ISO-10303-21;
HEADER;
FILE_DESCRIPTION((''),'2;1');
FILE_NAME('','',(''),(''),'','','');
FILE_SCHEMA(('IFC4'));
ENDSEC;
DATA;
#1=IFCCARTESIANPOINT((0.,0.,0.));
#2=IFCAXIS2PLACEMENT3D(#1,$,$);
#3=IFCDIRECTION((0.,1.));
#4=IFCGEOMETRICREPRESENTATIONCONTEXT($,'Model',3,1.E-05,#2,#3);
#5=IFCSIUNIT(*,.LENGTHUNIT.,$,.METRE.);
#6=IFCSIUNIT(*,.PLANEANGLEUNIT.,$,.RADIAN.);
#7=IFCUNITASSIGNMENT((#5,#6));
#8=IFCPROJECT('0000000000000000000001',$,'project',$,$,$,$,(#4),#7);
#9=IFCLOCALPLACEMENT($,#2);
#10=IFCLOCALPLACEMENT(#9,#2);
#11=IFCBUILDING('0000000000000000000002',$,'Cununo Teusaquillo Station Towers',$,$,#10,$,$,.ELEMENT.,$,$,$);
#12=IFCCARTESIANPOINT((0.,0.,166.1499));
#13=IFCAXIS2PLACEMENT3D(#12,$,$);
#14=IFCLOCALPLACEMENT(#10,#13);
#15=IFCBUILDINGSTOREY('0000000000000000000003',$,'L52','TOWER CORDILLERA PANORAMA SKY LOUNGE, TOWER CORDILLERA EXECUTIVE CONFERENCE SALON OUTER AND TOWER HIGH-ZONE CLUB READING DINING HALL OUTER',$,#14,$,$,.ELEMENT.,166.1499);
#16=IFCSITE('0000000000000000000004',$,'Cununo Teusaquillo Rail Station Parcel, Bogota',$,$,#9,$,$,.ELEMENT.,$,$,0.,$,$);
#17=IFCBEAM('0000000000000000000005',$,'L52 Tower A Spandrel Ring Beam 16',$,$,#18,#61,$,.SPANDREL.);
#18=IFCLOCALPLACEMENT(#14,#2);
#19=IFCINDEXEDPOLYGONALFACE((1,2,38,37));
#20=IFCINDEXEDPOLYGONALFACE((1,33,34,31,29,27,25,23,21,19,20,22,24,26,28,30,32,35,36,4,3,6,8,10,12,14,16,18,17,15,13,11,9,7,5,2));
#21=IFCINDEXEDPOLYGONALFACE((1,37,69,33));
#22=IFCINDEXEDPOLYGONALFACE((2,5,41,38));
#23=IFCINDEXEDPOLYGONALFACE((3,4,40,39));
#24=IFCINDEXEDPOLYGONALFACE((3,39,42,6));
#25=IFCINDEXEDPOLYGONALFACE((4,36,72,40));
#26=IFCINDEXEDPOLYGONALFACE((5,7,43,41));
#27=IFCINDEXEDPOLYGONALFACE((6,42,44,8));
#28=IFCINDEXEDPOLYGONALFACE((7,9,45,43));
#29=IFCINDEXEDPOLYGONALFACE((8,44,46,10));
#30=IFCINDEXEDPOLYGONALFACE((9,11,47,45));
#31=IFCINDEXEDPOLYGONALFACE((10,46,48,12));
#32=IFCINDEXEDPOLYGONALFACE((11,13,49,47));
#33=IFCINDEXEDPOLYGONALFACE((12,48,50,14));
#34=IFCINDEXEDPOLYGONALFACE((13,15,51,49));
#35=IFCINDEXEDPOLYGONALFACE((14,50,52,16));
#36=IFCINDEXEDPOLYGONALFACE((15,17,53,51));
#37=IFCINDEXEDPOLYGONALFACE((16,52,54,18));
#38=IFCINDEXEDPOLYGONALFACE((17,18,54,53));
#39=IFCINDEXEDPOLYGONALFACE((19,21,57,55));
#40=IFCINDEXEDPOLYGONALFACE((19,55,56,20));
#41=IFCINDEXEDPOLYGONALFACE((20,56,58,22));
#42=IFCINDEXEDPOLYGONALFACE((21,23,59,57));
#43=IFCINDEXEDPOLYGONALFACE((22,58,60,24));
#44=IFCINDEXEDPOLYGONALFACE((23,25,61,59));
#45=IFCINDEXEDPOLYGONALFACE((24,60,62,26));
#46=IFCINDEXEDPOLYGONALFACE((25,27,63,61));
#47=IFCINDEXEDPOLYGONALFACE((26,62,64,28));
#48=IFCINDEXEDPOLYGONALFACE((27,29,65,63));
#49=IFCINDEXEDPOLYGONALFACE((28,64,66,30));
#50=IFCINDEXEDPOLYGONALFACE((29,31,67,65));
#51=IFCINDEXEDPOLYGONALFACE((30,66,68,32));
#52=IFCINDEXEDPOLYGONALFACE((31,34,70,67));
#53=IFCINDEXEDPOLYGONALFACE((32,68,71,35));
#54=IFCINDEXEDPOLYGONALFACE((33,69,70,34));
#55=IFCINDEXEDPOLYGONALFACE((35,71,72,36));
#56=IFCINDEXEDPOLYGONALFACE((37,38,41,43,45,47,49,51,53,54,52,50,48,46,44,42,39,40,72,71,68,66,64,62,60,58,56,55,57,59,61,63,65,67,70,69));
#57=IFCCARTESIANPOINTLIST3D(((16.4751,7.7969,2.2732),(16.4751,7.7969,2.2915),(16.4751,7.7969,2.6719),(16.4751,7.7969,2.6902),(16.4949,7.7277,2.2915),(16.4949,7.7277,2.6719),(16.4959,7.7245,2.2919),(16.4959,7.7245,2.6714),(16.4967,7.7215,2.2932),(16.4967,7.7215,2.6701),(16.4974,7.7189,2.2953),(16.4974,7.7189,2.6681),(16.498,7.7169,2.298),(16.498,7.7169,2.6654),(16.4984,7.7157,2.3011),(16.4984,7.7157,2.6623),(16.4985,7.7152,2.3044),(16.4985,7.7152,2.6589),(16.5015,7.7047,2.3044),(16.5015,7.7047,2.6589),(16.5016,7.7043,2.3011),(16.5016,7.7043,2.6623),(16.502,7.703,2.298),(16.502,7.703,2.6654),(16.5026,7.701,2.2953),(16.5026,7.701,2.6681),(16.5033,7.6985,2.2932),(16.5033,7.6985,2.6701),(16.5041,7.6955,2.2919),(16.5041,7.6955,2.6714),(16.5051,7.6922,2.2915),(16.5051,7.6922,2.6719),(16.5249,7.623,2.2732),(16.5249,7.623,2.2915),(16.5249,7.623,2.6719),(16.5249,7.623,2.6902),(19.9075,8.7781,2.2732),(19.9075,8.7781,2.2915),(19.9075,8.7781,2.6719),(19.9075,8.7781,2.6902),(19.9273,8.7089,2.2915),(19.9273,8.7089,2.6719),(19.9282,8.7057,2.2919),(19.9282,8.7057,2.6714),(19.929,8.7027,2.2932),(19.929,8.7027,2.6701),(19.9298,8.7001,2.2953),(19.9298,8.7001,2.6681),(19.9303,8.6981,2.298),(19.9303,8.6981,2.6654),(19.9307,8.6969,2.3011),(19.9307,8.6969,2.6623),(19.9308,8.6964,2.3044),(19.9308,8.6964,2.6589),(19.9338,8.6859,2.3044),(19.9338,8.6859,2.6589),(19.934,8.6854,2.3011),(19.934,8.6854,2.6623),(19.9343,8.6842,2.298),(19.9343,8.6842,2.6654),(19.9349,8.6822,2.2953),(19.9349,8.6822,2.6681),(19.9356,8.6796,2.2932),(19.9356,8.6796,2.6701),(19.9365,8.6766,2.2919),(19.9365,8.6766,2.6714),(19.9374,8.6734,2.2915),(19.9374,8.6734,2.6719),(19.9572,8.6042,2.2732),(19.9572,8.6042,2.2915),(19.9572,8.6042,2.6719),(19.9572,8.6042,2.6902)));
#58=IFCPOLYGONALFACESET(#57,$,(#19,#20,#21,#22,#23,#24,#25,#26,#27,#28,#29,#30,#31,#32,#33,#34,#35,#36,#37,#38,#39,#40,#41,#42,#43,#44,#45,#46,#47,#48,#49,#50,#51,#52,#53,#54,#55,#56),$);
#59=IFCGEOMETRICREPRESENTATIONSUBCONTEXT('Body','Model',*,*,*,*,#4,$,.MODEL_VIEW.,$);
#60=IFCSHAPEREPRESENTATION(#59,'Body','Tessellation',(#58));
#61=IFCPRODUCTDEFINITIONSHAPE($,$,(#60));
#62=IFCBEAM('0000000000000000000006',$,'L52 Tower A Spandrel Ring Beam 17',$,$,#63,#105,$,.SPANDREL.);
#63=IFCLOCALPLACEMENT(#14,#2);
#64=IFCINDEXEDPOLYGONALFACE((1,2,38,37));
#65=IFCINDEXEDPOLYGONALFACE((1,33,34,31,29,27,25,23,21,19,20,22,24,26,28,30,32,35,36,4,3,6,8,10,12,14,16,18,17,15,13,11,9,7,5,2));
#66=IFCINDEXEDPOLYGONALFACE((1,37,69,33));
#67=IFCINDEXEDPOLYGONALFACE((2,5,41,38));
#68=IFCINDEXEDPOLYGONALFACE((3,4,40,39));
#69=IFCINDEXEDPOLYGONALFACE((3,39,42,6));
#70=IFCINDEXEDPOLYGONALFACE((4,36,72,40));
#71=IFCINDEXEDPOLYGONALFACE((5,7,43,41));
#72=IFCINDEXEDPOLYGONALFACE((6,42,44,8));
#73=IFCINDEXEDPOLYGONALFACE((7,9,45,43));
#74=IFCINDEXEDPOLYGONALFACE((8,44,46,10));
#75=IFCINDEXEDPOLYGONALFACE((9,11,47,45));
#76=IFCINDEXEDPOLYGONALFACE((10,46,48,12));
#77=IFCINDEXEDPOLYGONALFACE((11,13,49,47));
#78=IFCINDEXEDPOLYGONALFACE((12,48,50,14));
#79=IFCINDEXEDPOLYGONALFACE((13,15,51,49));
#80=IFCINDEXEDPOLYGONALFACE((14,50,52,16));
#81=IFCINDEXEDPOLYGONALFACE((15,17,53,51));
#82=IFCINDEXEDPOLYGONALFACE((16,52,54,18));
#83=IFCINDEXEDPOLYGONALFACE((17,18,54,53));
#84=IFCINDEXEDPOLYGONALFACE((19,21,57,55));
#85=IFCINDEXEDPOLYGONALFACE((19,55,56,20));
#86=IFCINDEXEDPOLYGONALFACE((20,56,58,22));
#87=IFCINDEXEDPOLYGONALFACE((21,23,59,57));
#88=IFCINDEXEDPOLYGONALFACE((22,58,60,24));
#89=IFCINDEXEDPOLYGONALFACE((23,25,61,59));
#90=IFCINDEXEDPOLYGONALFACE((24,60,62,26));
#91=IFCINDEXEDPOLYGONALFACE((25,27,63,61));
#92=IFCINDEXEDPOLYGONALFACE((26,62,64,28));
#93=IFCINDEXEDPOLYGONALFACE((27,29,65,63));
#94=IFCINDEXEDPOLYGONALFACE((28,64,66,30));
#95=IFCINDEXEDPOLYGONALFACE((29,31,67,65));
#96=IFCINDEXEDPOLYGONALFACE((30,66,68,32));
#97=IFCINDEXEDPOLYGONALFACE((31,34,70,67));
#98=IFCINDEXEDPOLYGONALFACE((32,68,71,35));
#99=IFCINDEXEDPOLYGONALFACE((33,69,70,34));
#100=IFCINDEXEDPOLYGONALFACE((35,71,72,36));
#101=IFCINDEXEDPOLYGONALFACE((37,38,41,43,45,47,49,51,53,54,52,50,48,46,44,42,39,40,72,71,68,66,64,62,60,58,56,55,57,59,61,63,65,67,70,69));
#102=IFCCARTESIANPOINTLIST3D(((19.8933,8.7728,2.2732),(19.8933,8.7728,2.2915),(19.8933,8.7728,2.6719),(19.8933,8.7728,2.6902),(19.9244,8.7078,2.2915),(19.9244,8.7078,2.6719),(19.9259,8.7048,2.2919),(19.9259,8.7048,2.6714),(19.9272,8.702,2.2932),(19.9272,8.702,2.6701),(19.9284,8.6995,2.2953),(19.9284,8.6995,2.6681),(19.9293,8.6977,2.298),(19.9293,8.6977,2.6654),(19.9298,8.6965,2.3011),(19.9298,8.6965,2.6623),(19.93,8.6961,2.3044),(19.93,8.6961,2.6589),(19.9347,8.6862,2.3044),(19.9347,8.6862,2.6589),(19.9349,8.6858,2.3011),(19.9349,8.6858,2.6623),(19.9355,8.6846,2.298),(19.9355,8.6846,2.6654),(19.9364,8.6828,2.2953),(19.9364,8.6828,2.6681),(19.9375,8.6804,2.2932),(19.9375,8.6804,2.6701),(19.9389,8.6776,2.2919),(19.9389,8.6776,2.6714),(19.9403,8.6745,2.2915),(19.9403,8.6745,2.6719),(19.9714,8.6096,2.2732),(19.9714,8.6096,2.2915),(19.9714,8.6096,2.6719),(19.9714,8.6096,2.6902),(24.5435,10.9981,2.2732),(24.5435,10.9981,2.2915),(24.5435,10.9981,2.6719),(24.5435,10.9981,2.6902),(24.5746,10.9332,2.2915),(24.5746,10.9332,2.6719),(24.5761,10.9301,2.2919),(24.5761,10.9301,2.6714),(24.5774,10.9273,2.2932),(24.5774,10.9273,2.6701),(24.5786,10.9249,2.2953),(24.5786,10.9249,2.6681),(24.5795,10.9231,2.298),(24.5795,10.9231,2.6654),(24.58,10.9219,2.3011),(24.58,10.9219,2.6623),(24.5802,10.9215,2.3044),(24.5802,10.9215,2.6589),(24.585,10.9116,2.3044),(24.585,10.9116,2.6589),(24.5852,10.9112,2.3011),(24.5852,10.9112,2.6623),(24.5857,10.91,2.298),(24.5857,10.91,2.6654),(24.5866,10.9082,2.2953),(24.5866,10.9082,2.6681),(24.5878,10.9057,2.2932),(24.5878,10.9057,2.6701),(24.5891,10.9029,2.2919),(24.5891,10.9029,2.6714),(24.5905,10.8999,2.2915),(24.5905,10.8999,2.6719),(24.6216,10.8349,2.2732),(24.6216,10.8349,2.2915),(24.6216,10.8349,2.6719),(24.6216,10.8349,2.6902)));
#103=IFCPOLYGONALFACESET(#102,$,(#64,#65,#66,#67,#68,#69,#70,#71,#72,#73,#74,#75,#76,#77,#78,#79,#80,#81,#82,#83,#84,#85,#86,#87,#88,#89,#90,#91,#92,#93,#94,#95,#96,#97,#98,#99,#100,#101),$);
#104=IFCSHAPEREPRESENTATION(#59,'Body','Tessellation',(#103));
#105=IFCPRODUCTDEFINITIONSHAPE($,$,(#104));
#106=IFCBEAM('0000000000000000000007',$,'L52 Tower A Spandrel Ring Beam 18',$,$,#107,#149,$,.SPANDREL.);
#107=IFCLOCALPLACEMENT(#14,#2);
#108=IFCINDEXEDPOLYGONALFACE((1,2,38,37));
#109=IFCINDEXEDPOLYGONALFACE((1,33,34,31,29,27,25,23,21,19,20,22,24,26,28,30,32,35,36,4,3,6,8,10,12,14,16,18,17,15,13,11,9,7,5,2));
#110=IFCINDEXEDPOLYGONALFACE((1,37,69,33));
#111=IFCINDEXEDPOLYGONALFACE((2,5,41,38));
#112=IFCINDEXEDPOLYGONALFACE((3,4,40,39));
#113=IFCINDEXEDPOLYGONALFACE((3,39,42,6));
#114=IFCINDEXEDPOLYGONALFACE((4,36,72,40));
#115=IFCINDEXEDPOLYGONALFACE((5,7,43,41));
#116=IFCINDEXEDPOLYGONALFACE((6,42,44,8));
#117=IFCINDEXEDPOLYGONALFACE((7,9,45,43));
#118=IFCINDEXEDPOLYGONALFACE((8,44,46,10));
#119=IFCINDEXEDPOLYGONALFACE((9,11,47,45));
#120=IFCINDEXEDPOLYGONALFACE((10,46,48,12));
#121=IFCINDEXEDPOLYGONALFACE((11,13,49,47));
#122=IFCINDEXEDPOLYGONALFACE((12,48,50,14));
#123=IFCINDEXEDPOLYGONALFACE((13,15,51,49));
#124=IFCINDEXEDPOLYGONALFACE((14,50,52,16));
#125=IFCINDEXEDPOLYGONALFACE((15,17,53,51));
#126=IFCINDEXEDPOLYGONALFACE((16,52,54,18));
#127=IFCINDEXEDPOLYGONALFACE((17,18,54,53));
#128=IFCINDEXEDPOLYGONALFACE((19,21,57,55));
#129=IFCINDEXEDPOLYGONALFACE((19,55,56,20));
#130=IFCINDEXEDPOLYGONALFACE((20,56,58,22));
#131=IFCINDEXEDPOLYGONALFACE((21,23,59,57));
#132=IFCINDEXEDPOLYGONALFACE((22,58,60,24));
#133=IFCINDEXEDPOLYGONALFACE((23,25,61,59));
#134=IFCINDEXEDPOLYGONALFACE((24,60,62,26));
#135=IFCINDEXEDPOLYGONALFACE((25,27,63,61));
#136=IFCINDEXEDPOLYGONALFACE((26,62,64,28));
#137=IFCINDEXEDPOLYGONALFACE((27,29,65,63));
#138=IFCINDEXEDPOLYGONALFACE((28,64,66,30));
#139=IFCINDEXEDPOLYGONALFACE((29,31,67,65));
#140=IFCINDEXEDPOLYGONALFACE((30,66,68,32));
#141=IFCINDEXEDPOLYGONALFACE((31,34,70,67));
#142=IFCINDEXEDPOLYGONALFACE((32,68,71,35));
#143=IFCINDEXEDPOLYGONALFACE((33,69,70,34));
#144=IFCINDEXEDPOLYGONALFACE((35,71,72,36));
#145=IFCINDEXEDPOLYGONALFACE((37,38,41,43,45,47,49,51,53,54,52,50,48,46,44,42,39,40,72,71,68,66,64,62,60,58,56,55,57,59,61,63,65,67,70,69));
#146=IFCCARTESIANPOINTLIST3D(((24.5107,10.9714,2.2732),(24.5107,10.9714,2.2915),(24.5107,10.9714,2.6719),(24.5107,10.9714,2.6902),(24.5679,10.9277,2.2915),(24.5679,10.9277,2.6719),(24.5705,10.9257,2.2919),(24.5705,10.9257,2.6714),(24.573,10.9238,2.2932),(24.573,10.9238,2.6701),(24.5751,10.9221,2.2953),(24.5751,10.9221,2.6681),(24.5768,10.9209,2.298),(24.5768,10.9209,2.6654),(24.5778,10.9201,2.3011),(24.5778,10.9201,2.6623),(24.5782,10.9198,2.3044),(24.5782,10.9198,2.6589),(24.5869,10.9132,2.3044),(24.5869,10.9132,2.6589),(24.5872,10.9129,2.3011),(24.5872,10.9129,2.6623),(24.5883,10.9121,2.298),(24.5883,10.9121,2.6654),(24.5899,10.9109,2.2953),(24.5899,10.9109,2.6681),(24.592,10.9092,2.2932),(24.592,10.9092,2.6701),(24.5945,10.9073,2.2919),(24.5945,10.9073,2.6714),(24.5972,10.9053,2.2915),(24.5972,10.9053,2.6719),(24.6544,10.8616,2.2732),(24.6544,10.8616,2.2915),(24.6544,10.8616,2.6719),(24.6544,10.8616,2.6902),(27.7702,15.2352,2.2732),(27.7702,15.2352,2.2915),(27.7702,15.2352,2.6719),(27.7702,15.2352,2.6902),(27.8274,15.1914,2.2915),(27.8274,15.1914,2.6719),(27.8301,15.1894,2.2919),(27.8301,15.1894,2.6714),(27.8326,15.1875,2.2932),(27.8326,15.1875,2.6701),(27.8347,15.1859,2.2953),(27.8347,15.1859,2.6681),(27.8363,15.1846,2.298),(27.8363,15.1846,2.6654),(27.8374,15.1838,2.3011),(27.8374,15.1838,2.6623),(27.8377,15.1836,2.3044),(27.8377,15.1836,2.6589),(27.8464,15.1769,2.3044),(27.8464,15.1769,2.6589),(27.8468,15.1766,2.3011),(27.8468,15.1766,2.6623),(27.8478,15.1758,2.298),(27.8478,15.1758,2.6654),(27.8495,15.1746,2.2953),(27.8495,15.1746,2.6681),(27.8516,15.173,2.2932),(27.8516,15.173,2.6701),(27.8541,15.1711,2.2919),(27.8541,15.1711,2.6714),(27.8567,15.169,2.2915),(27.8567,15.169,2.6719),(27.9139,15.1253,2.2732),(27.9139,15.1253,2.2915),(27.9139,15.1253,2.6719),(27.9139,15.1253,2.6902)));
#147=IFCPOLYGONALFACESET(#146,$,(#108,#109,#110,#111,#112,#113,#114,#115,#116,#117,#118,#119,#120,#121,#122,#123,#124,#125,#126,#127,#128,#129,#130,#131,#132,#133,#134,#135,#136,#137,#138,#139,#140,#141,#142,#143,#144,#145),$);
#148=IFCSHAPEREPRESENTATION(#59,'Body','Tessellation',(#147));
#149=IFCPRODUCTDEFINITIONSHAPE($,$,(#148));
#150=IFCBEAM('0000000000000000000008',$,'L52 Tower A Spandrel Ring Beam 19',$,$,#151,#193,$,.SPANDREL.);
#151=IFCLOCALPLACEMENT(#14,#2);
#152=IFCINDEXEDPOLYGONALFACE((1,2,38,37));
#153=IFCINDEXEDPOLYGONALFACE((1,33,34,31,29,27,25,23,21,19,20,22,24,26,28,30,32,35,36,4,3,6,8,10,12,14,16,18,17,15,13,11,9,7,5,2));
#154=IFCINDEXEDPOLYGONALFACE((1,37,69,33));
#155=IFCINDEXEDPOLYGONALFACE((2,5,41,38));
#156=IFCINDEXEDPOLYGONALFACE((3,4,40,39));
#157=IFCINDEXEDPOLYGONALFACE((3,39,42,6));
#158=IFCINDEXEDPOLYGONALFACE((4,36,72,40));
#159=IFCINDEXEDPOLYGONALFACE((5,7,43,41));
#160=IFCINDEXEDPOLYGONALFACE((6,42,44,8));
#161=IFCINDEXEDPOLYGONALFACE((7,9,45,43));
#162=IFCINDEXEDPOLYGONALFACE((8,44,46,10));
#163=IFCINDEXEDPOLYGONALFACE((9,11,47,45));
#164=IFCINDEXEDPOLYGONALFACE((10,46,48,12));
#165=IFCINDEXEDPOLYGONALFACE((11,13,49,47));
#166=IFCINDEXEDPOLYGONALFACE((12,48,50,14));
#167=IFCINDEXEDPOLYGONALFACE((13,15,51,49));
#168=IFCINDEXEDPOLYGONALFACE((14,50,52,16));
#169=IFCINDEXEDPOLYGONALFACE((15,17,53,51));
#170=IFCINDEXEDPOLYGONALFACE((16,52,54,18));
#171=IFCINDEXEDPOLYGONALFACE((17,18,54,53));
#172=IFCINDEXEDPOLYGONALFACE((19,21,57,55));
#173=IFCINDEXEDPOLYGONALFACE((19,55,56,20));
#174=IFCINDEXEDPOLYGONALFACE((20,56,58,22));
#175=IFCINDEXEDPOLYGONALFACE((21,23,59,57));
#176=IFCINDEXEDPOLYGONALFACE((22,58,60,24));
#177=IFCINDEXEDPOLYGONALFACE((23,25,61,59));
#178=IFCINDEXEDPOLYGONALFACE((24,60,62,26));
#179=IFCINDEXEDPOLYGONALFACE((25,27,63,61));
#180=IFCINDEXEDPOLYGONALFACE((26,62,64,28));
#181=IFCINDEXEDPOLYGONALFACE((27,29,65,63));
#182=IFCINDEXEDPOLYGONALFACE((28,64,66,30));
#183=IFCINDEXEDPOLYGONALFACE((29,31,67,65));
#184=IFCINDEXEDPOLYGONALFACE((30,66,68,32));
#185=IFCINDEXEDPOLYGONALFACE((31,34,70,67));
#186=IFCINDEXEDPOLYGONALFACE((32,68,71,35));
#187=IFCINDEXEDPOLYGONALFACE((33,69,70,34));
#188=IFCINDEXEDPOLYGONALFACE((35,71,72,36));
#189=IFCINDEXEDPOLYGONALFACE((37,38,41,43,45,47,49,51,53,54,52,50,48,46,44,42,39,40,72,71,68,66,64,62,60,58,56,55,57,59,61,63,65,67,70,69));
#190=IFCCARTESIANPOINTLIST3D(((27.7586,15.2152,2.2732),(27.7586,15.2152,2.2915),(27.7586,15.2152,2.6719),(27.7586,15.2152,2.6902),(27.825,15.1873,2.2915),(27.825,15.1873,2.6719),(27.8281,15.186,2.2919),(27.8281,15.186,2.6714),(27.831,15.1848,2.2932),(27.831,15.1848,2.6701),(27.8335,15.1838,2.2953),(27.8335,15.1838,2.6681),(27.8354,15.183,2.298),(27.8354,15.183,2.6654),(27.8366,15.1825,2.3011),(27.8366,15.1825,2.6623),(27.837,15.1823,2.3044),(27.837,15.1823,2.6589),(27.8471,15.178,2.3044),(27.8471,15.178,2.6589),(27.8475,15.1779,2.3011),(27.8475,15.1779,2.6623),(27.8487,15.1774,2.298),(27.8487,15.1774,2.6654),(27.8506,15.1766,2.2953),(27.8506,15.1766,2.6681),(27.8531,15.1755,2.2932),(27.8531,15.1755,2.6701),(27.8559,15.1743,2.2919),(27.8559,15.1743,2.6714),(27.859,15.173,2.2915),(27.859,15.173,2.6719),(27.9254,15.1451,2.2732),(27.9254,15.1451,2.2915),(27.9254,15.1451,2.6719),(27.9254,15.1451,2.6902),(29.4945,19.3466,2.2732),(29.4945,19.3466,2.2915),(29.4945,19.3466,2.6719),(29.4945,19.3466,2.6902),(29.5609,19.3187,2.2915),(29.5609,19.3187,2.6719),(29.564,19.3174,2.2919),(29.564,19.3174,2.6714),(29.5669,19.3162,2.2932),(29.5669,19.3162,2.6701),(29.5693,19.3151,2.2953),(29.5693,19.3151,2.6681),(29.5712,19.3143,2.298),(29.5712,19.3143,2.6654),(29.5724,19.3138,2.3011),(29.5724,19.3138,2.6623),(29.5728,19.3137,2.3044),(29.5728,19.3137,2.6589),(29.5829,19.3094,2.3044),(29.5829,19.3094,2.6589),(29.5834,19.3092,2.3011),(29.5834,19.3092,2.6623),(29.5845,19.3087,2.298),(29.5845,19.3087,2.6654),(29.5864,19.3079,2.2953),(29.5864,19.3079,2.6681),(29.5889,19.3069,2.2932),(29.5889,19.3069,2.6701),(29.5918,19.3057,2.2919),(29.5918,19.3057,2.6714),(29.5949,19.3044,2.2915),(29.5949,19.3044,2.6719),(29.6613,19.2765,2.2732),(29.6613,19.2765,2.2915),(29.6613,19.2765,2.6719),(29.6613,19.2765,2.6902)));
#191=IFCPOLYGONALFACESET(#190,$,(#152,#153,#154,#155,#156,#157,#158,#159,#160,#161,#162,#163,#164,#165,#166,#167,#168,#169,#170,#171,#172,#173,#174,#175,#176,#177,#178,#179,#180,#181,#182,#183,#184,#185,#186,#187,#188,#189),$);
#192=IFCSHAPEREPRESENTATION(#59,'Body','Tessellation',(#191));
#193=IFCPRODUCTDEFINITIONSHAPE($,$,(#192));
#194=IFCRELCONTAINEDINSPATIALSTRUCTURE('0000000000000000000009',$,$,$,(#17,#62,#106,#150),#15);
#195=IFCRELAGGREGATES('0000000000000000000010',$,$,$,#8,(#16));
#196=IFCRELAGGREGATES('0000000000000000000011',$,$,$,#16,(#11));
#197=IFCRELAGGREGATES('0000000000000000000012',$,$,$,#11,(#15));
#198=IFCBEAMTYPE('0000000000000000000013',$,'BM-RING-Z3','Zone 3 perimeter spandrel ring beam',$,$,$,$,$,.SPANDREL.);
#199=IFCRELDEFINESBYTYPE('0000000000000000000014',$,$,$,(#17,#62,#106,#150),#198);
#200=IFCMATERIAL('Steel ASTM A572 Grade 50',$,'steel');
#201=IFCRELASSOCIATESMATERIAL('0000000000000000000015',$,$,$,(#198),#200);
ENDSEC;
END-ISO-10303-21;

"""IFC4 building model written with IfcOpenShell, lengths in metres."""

from ifc_helpers import new_model, si_unit, direction, frame, origin, origin_2d, place, context, subcontext, project, spatial, i_section, extrude, material, material_profile, profile_set, type_object, element, save


model = new_model("IFC4")

# Units and contexts
model_context = context("Model", 3, precision=1e-05, world=origin(), true_north=direction((0.0, 1.0)))
body_context = subcontext(model_context, "Body", "Model", "MODEL_VIEW")
ifc_project = project(units=[si_unit("LENGTHUNIT", "METRE"), si_unit("PLANEANGLEUNIT", "RADIAN")], contexts=[model_context])

# Site, building, storey
site_placement = place(None, origin())
site = spatial("IfcSite", under=ifc_project, at=site_placement, Name="Cununo Teusaquillo Rail Station Parcel, Bogota", CompositionType="ELEMENT", RefElevation=0.0)
building_placement = place(site_placement, origin())
building = spatial("IfcBuilding", under=site, at=building_placement, Name="Cununo Teusaquillo Station Towers", CompositionType="ELEMENT")
storey_placement = place(building_placement, frame((0.0, 0.0, 166.1499)))
storey = spatial("IfcBuildingStorey", under=building, at=storey_placement, Name="L52", Description="TOWER CORDILLERA PANORAMA SKY LOUNGE, TOWER CORDILLERA EXECUTIVE CONFERENCE SALON OUTER AND TOWER HIGH-ZONE CLUB READING DINING HALL OUTER", CompositionType="ELEMENT", Elevation=166.1499)

# Beams
ifc_material_1 = material(Name="Steel ASTM A572 Grade 50", Category="steel")
ifc_material_profile_1 = material_profile(ifc_material_1, i_section(OverallWidth=0.1809, OverallDepth=0.417, WebThickness=0.011, FlangeThickness=0.0183, FilletRadius=0.0129, at=origin_2d()), Name="W16X57")
ifc_profile_set_1 = profile_set([ifc_material_profile_1], Name="Steel ASTM A572 Grade 50")
beam_type_1 = type_object("IfcBeamType", Name="BM-RING-Z3", Description="Zone 3 perimeter spandrel ring beam", PredefinedType="SPANDREL", material=ifc_profile_set_1)
beam_1_placement = place(storey_placement, frame((16.5, 7.71, 2.4817), z_axis=(0.961485, 0.274857, 0.0), x_axis=(-0.274857, 0.961485, 0.0)))
element("IfcBeam", 1, at=beam_1_placement, inside=storey, type_object=beam_type_1, Name="L52 Tower A Spandrel Ring Beam 16", PredefinedType="SPANDREL", context=body_context, shape_type="SweptSolid", body=[
    extrude(i_section(OverallWidth=0.1809, OverallDepth=0.417, WebThickness=0.011, FlangeThickness=0.0183, FilletRadius=0.0129, at=origin_2d()), origin(), (0.0, 0.0, 1.0), 3.5698),
])
beam_2_placement = place(storey_placement, frame((19.9324, 8.6912, 2.4817), z_axis=(0.902032, 0.43167, 0.0), x_axis=(-0.43167, 0.902032, 0.0)))
element("IfcBeam", 2, at=beam_2_placement, inside=storey, type_object=beam_type_1, Name="L52 Tower A Spandrel Ring Beam 17", PredefinedType="SPANDREL", context=body_context, shape_type="SweptSolid", body=[
    extrude(i_section(OverallWidth=0.1809, OverallDepth=0.417, WebThickness=0.011, FlangeThickness=0.0183, FilletRadius=0.0129, at=origin_2d()), origin(), (0.0, 0.0, 1.0), 5.1553),
])
beam_3_placement = place(storey_placement, frame((24.5825, 10.9165, 2.4817), z_axis=(0.60734, 0.794442, 0.0), x_axis=(-0.794442, 0.60734, 0.0)))
element("IfcBeam", 3, at=beam_3_placement, inside=storey, type_object=beam_type_1, Name="L52 Tower A Spandrel Ring Beam 18", PredefinedType="SPANDREL", context=body_context, shape_type="SweptSolid", body=[
    extrude(i_section(OverallWidth=0.1809, OverallDepth=0.417, WebThickness=0.011, FlangeThickness=0.0183, FilletRadius=0.0129, at=origin_2d()), origin(), (0.0, 0.0, 1.0), 5.3669),
])
beam_4_placement = place(storey_placement, frame((27.842, 15.1802, 2.4817), z_axis=(0.38736, 0.921928, 0.0), x_axis=(-0.921928, 0.38736, 0.0)))
element("IfcBeam", 4, at=beam_4_placement, inside=storey, type_object=beam_type_1, Name="L52 Tower A Spandrel Ring Beam 19", PredefinedType="SPANDREL", context=body_context, shape_type="SweptSolid", body=[
    extrude(i_section(OverallWidth=0.1809, OverallDepth=0.417, WebThickness=0.011, FlangeThickness=0.0183, FilletRadius=0.0129, at=origin_2d()), origin(), (0.0, 0.0, 1.0), 4.4812),
])

save(model, "model.ifc")
